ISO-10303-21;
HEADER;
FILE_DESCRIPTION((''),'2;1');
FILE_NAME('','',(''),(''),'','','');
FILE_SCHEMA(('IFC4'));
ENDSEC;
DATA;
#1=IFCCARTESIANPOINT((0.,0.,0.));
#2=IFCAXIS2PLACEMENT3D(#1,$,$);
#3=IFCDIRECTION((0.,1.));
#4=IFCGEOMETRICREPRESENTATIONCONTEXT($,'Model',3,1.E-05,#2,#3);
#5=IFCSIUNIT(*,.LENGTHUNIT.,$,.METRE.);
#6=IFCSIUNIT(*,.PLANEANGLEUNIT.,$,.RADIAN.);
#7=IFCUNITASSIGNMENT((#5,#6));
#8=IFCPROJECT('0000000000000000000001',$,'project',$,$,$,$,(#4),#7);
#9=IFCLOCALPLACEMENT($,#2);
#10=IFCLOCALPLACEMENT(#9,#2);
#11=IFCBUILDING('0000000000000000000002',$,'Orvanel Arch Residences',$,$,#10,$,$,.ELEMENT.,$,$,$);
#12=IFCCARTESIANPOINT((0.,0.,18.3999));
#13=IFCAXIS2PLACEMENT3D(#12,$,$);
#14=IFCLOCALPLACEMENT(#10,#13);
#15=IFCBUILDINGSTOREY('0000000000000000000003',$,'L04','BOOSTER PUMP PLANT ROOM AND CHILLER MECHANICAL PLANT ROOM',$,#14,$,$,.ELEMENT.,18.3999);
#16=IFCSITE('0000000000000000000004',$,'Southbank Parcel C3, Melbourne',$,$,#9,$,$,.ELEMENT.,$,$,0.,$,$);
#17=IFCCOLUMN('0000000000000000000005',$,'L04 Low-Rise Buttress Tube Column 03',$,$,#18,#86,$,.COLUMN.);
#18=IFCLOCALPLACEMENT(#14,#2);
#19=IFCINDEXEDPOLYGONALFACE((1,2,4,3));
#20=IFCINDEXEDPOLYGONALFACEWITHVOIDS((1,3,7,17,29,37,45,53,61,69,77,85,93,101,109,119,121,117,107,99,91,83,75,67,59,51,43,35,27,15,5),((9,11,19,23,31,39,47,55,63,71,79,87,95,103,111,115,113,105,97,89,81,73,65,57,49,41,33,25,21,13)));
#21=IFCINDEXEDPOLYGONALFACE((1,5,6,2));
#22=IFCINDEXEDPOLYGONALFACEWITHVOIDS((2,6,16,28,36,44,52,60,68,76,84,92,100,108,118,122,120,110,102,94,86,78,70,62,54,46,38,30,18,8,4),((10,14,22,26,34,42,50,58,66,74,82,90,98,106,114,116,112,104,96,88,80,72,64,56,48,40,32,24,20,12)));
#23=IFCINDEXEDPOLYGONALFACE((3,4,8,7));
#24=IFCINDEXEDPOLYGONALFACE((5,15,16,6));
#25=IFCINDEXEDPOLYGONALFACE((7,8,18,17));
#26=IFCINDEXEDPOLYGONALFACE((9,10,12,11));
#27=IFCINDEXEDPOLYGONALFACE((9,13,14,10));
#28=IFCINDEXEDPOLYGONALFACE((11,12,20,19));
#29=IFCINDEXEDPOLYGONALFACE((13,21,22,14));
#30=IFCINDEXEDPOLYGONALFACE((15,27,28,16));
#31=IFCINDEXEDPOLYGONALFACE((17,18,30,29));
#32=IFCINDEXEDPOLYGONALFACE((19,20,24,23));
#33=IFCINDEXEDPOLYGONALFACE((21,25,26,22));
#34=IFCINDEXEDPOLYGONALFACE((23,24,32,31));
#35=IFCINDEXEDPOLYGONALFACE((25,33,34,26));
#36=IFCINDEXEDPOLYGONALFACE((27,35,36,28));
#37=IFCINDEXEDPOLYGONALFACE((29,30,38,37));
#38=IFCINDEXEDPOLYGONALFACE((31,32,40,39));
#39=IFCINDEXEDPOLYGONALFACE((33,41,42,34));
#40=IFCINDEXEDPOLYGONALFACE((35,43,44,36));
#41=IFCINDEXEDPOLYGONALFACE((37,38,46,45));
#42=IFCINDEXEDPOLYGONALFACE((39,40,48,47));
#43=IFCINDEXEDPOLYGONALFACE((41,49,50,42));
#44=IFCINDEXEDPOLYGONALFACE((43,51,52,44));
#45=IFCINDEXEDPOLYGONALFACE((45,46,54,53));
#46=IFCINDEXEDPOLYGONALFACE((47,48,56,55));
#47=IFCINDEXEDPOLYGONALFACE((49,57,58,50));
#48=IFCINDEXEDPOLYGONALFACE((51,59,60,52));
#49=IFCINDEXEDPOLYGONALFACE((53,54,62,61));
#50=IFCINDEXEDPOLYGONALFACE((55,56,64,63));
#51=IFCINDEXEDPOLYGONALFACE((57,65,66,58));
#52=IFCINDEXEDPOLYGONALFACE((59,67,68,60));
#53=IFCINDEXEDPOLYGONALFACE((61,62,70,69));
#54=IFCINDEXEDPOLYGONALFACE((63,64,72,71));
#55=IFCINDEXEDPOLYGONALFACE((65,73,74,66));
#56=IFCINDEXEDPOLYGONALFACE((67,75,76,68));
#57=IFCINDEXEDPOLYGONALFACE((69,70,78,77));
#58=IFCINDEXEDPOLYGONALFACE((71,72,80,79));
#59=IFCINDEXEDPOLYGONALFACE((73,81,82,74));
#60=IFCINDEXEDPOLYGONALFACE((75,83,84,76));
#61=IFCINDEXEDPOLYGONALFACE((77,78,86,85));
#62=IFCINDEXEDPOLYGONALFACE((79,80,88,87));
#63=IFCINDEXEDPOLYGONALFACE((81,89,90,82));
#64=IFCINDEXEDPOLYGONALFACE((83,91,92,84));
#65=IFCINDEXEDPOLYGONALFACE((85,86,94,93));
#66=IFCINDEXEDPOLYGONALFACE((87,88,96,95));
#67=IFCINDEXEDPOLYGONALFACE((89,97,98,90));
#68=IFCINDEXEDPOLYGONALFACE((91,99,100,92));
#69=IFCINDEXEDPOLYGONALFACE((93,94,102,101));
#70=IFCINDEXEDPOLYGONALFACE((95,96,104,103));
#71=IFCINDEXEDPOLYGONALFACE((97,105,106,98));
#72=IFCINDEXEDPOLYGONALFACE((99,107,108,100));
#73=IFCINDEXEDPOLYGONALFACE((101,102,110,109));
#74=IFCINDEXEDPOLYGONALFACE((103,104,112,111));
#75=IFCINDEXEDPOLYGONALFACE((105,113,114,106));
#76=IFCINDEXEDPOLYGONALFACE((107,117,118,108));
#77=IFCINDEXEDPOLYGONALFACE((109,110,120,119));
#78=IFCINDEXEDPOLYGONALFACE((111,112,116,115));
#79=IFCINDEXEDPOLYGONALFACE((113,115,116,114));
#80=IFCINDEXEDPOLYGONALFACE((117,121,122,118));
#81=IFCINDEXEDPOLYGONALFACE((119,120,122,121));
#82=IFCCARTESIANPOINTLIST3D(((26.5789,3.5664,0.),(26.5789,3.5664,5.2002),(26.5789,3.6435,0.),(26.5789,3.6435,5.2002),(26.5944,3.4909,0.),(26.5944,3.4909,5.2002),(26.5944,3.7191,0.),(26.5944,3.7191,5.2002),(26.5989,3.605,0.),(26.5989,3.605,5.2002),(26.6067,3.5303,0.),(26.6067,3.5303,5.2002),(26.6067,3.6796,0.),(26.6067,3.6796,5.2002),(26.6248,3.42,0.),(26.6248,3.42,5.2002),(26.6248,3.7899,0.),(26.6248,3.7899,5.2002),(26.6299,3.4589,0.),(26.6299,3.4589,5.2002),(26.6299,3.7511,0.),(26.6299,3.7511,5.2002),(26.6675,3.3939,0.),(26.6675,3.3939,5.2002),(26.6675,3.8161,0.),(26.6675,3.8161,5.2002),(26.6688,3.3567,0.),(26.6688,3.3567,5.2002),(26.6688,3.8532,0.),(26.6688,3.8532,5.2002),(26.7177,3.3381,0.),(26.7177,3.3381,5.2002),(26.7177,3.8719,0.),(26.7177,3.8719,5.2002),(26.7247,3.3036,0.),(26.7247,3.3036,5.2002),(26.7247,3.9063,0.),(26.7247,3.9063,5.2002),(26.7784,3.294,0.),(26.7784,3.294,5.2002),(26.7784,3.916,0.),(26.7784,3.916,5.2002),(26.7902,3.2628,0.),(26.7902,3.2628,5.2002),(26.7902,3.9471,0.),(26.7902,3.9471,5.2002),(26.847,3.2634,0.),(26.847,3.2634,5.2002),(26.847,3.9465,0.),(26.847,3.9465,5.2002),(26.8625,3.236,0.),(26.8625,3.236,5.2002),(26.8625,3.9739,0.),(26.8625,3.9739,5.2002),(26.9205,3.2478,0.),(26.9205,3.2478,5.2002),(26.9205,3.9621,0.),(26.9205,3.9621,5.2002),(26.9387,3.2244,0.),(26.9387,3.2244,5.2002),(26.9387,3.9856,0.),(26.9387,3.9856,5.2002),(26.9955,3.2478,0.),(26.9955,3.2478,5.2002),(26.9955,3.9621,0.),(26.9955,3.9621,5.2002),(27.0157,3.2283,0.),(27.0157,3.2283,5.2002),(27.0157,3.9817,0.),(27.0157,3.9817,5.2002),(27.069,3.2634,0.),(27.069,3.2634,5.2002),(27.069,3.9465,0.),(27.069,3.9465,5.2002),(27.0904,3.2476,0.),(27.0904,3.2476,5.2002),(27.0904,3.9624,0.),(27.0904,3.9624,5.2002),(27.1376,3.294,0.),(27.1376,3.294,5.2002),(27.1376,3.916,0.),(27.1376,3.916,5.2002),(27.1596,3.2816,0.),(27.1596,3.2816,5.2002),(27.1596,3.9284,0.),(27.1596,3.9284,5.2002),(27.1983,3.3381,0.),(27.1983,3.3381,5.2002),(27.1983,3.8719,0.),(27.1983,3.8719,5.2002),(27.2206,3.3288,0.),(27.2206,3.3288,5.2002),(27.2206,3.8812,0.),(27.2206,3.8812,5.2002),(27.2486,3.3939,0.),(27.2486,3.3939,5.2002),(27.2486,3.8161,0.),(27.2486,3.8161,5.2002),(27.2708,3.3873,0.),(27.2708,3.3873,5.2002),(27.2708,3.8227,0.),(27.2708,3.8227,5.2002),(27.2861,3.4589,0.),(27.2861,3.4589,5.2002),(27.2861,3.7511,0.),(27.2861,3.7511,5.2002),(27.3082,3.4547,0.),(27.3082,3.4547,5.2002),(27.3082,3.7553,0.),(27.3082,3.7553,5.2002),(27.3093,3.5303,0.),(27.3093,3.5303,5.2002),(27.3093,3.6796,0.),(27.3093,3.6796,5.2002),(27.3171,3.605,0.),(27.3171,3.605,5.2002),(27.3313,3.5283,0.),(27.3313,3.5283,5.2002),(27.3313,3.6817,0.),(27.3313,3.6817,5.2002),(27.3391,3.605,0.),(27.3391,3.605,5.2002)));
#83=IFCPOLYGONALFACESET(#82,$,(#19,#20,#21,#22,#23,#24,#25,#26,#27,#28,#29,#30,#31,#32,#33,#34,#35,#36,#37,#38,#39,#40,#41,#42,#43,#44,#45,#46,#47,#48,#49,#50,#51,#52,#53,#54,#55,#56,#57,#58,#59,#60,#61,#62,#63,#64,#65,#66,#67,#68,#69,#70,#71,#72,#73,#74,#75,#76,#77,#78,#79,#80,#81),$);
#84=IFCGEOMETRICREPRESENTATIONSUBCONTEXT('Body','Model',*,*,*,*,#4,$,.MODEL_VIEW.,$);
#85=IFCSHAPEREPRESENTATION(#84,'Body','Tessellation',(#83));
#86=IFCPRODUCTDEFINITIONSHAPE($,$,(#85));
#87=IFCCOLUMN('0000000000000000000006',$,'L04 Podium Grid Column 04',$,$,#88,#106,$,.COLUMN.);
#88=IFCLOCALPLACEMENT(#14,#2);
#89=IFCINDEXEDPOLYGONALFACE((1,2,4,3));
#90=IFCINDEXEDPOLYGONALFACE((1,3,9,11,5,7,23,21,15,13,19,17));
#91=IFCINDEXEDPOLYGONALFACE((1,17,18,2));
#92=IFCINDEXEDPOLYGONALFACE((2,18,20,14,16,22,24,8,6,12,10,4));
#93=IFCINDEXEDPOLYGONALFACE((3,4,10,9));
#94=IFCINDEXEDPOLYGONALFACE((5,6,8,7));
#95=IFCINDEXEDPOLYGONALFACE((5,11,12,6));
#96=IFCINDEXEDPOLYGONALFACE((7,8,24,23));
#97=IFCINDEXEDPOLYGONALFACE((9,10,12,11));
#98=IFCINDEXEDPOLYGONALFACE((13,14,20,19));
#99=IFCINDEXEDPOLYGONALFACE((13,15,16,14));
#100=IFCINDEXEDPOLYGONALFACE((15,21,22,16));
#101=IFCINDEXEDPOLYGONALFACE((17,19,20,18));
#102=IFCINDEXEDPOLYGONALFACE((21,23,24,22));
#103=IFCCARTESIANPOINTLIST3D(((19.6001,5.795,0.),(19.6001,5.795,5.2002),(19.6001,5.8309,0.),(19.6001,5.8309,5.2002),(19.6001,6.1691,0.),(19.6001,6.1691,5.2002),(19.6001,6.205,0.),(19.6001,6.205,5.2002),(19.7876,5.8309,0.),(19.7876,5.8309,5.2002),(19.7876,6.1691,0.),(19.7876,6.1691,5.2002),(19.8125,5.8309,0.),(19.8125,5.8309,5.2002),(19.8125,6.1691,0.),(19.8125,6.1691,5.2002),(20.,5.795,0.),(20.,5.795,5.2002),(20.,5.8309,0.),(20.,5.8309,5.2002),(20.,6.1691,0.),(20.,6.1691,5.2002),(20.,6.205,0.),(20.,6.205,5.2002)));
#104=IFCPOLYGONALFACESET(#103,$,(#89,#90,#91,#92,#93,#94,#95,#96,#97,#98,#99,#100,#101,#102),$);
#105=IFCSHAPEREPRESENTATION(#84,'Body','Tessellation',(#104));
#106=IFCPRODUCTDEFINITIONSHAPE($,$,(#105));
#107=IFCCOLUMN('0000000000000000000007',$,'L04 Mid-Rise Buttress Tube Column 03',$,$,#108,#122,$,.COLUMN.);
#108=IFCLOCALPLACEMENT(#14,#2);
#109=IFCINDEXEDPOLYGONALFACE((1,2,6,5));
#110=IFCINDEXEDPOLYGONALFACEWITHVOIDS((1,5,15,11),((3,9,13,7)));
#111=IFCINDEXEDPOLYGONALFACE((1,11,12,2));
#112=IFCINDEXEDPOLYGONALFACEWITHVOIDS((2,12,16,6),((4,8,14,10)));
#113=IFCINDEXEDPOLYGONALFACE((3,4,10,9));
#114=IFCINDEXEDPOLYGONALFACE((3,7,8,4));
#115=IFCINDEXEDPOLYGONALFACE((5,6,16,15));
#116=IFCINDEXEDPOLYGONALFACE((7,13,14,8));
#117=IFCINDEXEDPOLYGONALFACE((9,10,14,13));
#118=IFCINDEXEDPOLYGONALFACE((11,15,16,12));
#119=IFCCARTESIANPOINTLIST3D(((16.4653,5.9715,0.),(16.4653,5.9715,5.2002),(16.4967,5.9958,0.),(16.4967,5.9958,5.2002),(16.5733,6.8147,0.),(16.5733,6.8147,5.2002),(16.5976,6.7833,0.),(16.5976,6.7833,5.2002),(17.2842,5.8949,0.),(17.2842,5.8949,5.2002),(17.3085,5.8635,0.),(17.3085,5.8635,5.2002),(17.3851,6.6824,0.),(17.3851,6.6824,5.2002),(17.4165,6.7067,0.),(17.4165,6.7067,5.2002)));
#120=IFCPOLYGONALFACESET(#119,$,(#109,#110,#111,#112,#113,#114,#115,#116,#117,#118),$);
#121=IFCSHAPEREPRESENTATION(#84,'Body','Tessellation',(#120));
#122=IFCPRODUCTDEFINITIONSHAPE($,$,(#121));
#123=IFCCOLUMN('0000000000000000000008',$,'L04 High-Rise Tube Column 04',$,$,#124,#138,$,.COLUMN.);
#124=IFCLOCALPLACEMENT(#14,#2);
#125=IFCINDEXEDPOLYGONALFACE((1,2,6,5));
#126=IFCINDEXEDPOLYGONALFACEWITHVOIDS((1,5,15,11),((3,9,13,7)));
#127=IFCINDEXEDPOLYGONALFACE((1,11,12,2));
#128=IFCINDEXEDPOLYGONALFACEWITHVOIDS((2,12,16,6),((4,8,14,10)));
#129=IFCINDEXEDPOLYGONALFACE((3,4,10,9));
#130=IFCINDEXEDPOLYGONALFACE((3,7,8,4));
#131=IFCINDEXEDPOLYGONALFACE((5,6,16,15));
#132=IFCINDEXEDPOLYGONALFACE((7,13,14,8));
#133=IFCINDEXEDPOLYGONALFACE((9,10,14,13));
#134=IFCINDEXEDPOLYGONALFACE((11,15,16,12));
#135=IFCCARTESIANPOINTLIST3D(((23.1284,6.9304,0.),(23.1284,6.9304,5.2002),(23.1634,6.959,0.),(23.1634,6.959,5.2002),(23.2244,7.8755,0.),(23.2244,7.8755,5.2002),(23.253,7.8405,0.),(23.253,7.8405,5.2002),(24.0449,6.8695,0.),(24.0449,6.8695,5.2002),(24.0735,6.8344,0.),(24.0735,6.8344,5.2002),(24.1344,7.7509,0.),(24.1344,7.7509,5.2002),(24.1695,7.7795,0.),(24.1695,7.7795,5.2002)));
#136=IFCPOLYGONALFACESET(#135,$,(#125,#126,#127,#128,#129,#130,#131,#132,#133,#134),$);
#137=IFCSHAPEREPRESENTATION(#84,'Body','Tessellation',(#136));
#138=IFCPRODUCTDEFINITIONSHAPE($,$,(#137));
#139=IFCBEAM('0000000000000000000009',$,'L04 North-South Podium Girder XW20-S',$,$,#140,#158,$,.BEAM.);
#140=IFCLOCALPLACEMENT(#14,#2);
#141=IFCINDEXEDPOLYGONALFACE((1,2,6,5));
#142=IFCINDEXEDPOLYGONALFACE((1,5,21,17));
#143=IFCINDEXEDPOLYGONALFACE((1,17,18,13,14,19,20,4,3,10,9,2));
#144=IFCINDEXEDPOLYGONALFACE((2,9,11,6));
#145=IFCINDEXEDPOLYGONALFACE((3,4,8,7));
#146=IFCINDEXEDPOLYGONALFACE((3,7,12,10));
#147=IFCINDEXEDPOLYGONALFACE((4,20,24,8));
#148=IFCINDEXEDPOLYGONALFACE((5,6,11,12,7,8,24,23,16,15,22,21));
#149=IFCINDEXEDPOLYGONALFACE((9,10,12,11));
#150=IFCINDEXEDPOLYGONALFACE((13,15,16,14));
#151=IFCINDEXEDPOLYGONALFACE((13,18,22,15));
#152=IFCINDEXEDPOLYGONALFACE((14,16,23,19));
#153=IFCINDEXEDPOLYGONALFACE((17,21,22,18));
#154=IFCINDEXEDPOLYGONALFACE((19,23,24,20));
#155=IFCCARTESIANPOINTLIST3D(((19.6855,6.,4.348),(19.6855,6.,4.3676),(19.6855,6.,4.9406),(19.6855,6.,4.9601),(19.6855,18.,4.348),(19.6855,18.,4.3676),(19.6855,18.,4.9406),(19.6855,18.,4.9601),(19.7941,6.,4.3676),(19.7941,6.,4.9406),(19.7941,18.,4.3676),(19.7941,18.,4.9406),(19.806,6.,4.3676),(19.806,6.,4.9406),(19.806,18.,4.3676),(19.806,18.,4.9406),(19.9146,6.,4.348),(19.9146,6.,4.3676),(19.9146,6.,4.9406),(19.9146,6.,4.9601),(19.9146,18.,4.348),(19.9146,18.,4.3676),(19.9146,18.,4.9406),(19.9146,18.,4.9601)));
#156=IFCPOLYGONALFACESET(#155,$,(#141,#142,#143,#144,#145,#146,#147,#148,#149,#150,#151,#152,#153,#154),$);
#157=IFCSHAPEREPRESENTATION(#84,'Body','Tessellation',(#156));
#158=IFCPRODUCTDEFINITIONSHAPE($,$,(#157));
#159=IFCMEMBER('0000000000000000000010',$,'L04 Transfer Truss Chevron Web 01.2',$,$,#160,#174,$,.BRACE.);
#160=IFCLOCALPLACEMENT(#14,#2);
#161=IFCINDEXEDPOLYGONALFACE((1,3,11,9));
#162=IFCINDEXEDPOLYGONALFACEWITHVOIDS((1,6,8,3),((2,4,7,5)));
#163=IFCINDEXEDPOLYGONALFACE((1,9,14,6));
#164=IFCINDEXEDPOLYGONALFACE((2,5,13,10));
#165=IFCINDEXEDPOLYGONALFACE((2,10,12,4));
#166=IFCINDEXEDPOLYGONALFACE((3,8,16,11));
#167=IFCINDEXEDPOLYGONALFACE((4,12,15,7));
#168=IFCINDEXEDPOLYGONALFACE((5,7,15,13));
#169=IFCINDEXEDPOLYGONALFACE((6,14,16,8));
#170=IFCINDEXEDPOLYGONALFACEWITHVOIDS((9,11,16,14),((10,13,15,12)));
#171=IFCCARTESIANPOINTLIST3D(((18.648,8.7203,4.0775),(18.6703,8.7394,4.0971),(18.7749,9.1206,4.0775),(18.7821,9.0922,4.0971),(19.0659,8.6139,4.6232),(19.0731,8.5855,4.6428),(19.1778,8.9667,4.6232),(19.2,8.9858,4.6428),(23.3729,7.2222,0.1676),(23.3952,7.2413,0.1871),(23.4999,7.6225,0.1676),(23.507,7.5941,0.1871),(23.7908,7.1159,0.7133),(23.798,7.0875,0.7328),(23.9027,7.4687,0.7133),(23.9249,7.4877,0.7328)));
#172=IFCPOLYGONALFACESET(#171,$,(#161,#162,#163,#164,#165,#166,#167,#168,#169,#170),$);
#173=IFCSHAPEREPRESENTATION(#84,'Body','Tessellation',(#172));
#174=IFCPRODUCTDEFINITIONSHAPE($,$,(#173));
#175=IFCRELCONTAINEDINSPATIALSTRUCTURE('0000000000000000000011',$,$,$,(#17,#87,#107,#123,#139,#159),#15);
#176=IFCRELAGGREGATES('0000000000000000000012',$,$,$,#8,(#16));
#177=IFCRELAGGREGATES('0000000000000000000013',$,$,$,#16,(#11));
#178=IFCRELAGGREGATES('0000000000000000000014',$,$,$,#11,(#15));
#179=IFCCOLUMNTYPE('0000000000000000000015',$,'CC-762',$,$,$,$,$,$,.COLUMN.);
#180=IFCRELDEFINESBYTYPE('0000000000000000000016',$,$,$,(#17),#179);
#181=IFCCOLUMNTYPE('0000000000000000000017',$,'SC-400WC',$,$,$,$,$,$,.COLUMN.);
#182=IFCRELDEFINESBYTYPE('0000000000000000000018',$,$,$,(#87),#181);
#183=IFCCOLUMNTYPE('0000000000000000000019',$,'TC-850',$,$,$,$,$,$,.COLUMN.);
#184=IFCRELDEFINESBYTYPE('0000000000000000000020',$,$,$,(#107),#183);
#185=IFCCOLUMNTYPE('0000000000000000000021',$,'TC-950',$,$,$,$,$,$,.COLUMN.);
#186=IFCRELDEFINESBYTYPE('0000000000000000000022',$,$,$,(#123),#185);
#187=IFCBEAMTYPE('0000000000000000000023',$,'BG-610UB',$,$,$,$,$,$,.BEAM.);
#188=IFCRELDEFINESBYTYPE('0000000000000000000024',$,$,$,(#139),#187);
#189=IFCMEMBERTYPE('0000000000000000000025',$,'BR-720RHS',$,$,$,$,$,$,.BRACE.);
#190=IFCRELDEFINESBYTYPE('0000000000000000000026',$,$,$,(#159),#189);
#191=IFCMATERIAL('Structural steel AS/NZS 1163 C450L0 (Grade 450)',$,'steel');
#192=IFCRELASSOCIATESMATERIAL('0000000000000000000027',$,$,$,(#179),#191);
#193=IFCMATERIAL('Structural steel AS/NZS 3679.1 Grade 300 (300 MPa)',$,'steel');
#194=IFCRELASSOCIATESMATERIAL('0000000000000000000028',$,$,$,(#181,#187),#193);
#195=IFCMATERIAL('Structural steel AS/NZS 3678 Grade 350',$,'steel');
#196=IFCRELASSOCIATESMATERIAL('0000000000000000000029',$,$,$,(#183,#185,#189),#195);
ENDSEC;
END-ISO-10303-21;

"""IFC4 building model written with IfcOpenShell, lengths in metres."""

from ifc_helpers import new_model, si_unit, direction, frame, origin, origin_2d, place, context, subcontext, project, spatial, hollow_rectangle, hollow_circle, i_section, extrude, material, material_profile, profile_set, type_object, element, save


model = new_model("IFC4")

# Units and contexts
model_context = context("Model", 3, precision=1e-05, world=origin(), true_north=direction((0.0, 1.0)))
body_context = subcontext(model_context, "Body", "Model", "MODEL_VIEW")
ifc_project = project(units=[si_unit("LENGTHUNIT", "METRE"), si_unit("PLANEANGLEUNIT", "RADIAN")], contexts=[model_context])

# Site, building, storey
site_placement = place(None, origin())
site = spatial("IfcSite", under=ifc_project, at=site_placement, Name="Southbank Parcel C3, Melbourne", CompositionType="ELEMENT", RefElevation=0.0)
building_placement = place(site_placement, origin())
building = spatial("IfcBuilding", under=site, at=building_placement, Name="Orvanel Arch Residences", CompositionType="ELEMENT")
storey_placement = place(building_placement, frame((0.0, 0.0, 18.3999)))
storey = spatial("IfcBuildingStorey", under=building, at=storey_placement, Name="L04", Description="BOOSTER PUMP PLANT ROOM AND CHILLER MECHANICAL PLANT ROOM", CompositionType="ELEMENT", Elevation=18.3999)

# Columns
ifc_material_1 = material(Name="Structural steel AS/NZS 1163 C450L0 (Grade 450)", Category="steel")
ifc_material_profile_1 = material_profile(ifc_material_1, hollow_circle(Radius=0.3811, WallThickness=0.022, at=origin_2d()), Name="CHS762x22")
ifc_profile_set_1 = profile_set([ifc_material_profile_1], Name="Structural steel AS/NZS 1163 C450L0 (Grade 450)")
column_type_1 = type_object("IfcColumnType", Name="CC-762", PredefinedType="COLUMN", material=ifc_profile_set_1)
column_1_placement = place(storey_placement, frame((26.958, 3.605, 0.0), z_axis=(0.0, 0.0, 1.0), x_axis=(1.0, 0.0, 0.0)))
element("IfcColumn", 1, at=column_1_placement, inside=storey, type_object=column_type_1, Name="L04 Low-Rise Buttress Tube Column 03", PredefinedType="COLUMN", context=body_context, shape_type="SweptSolid", body=[
    extrude(hollow_circle(Radius=0.3811, WallThickness=0.022, at=origin_2d()), origin(), (0.0, 0.0, 1.0), 5.2002),
])
ifc_material_2 = material(Name="Structural steel AS/NZS 3679.1 Grade 300 (300 MPa)", Category="steel")
ifc_material_profile_2 = material_profile(ifc_material_2, i_section(OverallWidth=0.3999, OverallDepth=0.4099, WebThickness=0.0249, FlangeThickness=0.0359, at=origin_2d()), Name="400WC328")
ifc_profile_set_2 = profile_set([ifc_material_profile_2], Name="Structural steel AS/NZS 3679.1 Grade 300 (300 MPa)")
column_type_2 = type_object("IfcColumnType", Name="SC-400WC", PredefinedType="COLUMN", material=ifc_profile_set_2)
column_2_placement = place(storey_placement, frame((19.8, 6.0, 0.0), z_axis=(0.0, 0.0, 1.0), x_axis=(1.0, 0.0, 0.0)))
element("IfcColumn", 2, at=column_2_placement, inside=storey, type_object=column_type_2, Name="L04 Podium Grid Column 04", PredefinedType="COLUMN", context=body_context, shape_type="SweptSolid", body=[
    extrude(i_section(OverallWidth=0.3999, OverallDepth=0.4099, WebThickness=0.0249, FlangeThickness=0.0359, at=origin_2d()), origin(), (0.0, 0.0, 1.0), 5.2002),
])
ifc_material_3 = material(Name="Structural steel AS/NZS 3678 Grade 350", Category="steel")
ifc_material_profile_3 = material_profile(ifc_material_3, hollow_rectangle(XDim=0.8501, YDim=0.8501, WallThickness=0.0281, at=origin_2d()), Name="BOX850x850x28")
ifc_profile_set_3 = profile_set([ifc_material_profile_3], Name="Structural steel AS/NZS 3678 Grade 350")
column_type_3 = type_object("IfcColumnType", Name="TC-850", PredefinedType="COLUMN", material=ifc_profile_set_3)
column_3_placement = place(storey_placement, frame((16.9409, 6.3391, 0.0), z_axis=(0.0, 0.0, 1.0), x_axis=(-0.991894, 0.127065, 0.0)))
element("IfcColumn", 3, at=column_3_placement, inside=storey, type_object=column_type_3, Name="L04 Mid-Rise Buttress Tube Column 03", PredefinedType="COLUMN", context=body_context, shape_type="SweptSolid", body=[
    extrude(hollow_rectangle(XDim=0.8501, YDim=0.8501, WallThickness=0.0281, at=origin_2d()), origin(), (0.0, 0.0, 1.0), 5.2002),
])
ifc_material_profile_4 = material_profile(ifc_material_3, hollow_rectangle(XDim=0.95, YDim=0.95, WallThickness=0.032, at=origin_2d()), Name="BOX950x950x32")
ifc_profile_set_4 = profile_set([ifc_material_profile_4], Name="Structural steel AS/NZS 3678 Grade 350")
column_type_4 = type_object("IfcColumnType", Name="TC-950", PredefinedType="COLUMN", material=ifc_profile_set_4)
column_4_placement = place(storey_placement, frame((23.6489, 7.355, 0.0), z_axis=(0.0, 0.0, 1.0), x_axis=(-0.994881, 0.101056, 0.0)))
element("IfcColumn", 4, at=column_4_placement, inside=storey, type_object=column_type_4, Name="L04 High-Rise Tube Column 04", PredefinedType="COLUMN", context=body_context, shape_type="SweptSolid", body=[
    extrude(hollow_rectangle(XDim=0.95, YDim=0.95, WallThickness=0.032, at=origin_2d()), origin(), (0.0, 0.0, 1.0), 5.2002),
])

# Beam
ifc_material_profile_5 = material_profile(ifc_material_2, i_section(OverallWidth=0.229, OverallDepth=0.6121, WebThickness=0.012, FlangeThickness=0.0195, at=origin_2d()), Name="610UB125")
ifc_profile_set_5 = profile_set([ifc_material_profile_5], Name="Structural steel AS/NZS 3679.1 Grade 300 (300 MPa)")
beam_type_1 = type_object("IfcBeamType", Name="BG-610UB", PredefinedType="BEAM", material=ifc_profile_set_5)
beam_1_placement = place(storey_placement, frame((19.8, 6.0, 4.6541), z_axis=(0.0, 1.0, 0.0), x_axis=(-1.0, 0.0, 0.0)))
element("IfcBeam", 5, at=beam_1_placement, inside=storey, type_object=beam_type_1, Name="L04 North-South Podium Girder XW20-S", PredefinedType="BEAM", context=body_context, shape_type="SweptSolid", body=[
    extrude(i_section(OverallWidth=0.229, OverallDepth=0.6121, WebThickness=0.012, FlangeThickness=0.0195, at=origin_2d()), origin(), (0.0, 0.0, 1.0), 12.0),
])

# Member
ifc_material_profile_6 = material_profile(ifc_material_3, hollow_rectangle(XDim=0.4199, YDim=0.72, WallThickness=0.0249, at=origin_2d()), Name="RHS720x420x25")
ifc_profile_set_6 = profile_set([ifc_material_profile_6], Name="Structural steel AS/NZS 3678 Grade 350")
member_type_1 = type_object("IfcMemberType", Name="BR-720RHS", PredefinedType="BRACE", material=ifc_profile_set_6)
member_1_placement = place(storey_placement, frame((23.6489, 7.355, 0.4502), z_axis=(-0.748415, 0.23729, 0.619329), x_axis=(-0.30223, -0.953235, 0.0)))
element("IfcMember", 6, at=member_1_placement, inside=storey, type_object=member_type_1, Name="L04 Transfer Truss Chevron Web 01.2", PredefinedType="BRACE", context=body_context, shape_type="SweptSolid", body=[
    extrude(hollow_rectangle(XDim=0.4199, YDim=0.72, WallThickness=0.0249, at=origin_2d()), origin(), (0.0, 0.0, 1.0), 6.3132),
])

save(model, "model.ifc")
